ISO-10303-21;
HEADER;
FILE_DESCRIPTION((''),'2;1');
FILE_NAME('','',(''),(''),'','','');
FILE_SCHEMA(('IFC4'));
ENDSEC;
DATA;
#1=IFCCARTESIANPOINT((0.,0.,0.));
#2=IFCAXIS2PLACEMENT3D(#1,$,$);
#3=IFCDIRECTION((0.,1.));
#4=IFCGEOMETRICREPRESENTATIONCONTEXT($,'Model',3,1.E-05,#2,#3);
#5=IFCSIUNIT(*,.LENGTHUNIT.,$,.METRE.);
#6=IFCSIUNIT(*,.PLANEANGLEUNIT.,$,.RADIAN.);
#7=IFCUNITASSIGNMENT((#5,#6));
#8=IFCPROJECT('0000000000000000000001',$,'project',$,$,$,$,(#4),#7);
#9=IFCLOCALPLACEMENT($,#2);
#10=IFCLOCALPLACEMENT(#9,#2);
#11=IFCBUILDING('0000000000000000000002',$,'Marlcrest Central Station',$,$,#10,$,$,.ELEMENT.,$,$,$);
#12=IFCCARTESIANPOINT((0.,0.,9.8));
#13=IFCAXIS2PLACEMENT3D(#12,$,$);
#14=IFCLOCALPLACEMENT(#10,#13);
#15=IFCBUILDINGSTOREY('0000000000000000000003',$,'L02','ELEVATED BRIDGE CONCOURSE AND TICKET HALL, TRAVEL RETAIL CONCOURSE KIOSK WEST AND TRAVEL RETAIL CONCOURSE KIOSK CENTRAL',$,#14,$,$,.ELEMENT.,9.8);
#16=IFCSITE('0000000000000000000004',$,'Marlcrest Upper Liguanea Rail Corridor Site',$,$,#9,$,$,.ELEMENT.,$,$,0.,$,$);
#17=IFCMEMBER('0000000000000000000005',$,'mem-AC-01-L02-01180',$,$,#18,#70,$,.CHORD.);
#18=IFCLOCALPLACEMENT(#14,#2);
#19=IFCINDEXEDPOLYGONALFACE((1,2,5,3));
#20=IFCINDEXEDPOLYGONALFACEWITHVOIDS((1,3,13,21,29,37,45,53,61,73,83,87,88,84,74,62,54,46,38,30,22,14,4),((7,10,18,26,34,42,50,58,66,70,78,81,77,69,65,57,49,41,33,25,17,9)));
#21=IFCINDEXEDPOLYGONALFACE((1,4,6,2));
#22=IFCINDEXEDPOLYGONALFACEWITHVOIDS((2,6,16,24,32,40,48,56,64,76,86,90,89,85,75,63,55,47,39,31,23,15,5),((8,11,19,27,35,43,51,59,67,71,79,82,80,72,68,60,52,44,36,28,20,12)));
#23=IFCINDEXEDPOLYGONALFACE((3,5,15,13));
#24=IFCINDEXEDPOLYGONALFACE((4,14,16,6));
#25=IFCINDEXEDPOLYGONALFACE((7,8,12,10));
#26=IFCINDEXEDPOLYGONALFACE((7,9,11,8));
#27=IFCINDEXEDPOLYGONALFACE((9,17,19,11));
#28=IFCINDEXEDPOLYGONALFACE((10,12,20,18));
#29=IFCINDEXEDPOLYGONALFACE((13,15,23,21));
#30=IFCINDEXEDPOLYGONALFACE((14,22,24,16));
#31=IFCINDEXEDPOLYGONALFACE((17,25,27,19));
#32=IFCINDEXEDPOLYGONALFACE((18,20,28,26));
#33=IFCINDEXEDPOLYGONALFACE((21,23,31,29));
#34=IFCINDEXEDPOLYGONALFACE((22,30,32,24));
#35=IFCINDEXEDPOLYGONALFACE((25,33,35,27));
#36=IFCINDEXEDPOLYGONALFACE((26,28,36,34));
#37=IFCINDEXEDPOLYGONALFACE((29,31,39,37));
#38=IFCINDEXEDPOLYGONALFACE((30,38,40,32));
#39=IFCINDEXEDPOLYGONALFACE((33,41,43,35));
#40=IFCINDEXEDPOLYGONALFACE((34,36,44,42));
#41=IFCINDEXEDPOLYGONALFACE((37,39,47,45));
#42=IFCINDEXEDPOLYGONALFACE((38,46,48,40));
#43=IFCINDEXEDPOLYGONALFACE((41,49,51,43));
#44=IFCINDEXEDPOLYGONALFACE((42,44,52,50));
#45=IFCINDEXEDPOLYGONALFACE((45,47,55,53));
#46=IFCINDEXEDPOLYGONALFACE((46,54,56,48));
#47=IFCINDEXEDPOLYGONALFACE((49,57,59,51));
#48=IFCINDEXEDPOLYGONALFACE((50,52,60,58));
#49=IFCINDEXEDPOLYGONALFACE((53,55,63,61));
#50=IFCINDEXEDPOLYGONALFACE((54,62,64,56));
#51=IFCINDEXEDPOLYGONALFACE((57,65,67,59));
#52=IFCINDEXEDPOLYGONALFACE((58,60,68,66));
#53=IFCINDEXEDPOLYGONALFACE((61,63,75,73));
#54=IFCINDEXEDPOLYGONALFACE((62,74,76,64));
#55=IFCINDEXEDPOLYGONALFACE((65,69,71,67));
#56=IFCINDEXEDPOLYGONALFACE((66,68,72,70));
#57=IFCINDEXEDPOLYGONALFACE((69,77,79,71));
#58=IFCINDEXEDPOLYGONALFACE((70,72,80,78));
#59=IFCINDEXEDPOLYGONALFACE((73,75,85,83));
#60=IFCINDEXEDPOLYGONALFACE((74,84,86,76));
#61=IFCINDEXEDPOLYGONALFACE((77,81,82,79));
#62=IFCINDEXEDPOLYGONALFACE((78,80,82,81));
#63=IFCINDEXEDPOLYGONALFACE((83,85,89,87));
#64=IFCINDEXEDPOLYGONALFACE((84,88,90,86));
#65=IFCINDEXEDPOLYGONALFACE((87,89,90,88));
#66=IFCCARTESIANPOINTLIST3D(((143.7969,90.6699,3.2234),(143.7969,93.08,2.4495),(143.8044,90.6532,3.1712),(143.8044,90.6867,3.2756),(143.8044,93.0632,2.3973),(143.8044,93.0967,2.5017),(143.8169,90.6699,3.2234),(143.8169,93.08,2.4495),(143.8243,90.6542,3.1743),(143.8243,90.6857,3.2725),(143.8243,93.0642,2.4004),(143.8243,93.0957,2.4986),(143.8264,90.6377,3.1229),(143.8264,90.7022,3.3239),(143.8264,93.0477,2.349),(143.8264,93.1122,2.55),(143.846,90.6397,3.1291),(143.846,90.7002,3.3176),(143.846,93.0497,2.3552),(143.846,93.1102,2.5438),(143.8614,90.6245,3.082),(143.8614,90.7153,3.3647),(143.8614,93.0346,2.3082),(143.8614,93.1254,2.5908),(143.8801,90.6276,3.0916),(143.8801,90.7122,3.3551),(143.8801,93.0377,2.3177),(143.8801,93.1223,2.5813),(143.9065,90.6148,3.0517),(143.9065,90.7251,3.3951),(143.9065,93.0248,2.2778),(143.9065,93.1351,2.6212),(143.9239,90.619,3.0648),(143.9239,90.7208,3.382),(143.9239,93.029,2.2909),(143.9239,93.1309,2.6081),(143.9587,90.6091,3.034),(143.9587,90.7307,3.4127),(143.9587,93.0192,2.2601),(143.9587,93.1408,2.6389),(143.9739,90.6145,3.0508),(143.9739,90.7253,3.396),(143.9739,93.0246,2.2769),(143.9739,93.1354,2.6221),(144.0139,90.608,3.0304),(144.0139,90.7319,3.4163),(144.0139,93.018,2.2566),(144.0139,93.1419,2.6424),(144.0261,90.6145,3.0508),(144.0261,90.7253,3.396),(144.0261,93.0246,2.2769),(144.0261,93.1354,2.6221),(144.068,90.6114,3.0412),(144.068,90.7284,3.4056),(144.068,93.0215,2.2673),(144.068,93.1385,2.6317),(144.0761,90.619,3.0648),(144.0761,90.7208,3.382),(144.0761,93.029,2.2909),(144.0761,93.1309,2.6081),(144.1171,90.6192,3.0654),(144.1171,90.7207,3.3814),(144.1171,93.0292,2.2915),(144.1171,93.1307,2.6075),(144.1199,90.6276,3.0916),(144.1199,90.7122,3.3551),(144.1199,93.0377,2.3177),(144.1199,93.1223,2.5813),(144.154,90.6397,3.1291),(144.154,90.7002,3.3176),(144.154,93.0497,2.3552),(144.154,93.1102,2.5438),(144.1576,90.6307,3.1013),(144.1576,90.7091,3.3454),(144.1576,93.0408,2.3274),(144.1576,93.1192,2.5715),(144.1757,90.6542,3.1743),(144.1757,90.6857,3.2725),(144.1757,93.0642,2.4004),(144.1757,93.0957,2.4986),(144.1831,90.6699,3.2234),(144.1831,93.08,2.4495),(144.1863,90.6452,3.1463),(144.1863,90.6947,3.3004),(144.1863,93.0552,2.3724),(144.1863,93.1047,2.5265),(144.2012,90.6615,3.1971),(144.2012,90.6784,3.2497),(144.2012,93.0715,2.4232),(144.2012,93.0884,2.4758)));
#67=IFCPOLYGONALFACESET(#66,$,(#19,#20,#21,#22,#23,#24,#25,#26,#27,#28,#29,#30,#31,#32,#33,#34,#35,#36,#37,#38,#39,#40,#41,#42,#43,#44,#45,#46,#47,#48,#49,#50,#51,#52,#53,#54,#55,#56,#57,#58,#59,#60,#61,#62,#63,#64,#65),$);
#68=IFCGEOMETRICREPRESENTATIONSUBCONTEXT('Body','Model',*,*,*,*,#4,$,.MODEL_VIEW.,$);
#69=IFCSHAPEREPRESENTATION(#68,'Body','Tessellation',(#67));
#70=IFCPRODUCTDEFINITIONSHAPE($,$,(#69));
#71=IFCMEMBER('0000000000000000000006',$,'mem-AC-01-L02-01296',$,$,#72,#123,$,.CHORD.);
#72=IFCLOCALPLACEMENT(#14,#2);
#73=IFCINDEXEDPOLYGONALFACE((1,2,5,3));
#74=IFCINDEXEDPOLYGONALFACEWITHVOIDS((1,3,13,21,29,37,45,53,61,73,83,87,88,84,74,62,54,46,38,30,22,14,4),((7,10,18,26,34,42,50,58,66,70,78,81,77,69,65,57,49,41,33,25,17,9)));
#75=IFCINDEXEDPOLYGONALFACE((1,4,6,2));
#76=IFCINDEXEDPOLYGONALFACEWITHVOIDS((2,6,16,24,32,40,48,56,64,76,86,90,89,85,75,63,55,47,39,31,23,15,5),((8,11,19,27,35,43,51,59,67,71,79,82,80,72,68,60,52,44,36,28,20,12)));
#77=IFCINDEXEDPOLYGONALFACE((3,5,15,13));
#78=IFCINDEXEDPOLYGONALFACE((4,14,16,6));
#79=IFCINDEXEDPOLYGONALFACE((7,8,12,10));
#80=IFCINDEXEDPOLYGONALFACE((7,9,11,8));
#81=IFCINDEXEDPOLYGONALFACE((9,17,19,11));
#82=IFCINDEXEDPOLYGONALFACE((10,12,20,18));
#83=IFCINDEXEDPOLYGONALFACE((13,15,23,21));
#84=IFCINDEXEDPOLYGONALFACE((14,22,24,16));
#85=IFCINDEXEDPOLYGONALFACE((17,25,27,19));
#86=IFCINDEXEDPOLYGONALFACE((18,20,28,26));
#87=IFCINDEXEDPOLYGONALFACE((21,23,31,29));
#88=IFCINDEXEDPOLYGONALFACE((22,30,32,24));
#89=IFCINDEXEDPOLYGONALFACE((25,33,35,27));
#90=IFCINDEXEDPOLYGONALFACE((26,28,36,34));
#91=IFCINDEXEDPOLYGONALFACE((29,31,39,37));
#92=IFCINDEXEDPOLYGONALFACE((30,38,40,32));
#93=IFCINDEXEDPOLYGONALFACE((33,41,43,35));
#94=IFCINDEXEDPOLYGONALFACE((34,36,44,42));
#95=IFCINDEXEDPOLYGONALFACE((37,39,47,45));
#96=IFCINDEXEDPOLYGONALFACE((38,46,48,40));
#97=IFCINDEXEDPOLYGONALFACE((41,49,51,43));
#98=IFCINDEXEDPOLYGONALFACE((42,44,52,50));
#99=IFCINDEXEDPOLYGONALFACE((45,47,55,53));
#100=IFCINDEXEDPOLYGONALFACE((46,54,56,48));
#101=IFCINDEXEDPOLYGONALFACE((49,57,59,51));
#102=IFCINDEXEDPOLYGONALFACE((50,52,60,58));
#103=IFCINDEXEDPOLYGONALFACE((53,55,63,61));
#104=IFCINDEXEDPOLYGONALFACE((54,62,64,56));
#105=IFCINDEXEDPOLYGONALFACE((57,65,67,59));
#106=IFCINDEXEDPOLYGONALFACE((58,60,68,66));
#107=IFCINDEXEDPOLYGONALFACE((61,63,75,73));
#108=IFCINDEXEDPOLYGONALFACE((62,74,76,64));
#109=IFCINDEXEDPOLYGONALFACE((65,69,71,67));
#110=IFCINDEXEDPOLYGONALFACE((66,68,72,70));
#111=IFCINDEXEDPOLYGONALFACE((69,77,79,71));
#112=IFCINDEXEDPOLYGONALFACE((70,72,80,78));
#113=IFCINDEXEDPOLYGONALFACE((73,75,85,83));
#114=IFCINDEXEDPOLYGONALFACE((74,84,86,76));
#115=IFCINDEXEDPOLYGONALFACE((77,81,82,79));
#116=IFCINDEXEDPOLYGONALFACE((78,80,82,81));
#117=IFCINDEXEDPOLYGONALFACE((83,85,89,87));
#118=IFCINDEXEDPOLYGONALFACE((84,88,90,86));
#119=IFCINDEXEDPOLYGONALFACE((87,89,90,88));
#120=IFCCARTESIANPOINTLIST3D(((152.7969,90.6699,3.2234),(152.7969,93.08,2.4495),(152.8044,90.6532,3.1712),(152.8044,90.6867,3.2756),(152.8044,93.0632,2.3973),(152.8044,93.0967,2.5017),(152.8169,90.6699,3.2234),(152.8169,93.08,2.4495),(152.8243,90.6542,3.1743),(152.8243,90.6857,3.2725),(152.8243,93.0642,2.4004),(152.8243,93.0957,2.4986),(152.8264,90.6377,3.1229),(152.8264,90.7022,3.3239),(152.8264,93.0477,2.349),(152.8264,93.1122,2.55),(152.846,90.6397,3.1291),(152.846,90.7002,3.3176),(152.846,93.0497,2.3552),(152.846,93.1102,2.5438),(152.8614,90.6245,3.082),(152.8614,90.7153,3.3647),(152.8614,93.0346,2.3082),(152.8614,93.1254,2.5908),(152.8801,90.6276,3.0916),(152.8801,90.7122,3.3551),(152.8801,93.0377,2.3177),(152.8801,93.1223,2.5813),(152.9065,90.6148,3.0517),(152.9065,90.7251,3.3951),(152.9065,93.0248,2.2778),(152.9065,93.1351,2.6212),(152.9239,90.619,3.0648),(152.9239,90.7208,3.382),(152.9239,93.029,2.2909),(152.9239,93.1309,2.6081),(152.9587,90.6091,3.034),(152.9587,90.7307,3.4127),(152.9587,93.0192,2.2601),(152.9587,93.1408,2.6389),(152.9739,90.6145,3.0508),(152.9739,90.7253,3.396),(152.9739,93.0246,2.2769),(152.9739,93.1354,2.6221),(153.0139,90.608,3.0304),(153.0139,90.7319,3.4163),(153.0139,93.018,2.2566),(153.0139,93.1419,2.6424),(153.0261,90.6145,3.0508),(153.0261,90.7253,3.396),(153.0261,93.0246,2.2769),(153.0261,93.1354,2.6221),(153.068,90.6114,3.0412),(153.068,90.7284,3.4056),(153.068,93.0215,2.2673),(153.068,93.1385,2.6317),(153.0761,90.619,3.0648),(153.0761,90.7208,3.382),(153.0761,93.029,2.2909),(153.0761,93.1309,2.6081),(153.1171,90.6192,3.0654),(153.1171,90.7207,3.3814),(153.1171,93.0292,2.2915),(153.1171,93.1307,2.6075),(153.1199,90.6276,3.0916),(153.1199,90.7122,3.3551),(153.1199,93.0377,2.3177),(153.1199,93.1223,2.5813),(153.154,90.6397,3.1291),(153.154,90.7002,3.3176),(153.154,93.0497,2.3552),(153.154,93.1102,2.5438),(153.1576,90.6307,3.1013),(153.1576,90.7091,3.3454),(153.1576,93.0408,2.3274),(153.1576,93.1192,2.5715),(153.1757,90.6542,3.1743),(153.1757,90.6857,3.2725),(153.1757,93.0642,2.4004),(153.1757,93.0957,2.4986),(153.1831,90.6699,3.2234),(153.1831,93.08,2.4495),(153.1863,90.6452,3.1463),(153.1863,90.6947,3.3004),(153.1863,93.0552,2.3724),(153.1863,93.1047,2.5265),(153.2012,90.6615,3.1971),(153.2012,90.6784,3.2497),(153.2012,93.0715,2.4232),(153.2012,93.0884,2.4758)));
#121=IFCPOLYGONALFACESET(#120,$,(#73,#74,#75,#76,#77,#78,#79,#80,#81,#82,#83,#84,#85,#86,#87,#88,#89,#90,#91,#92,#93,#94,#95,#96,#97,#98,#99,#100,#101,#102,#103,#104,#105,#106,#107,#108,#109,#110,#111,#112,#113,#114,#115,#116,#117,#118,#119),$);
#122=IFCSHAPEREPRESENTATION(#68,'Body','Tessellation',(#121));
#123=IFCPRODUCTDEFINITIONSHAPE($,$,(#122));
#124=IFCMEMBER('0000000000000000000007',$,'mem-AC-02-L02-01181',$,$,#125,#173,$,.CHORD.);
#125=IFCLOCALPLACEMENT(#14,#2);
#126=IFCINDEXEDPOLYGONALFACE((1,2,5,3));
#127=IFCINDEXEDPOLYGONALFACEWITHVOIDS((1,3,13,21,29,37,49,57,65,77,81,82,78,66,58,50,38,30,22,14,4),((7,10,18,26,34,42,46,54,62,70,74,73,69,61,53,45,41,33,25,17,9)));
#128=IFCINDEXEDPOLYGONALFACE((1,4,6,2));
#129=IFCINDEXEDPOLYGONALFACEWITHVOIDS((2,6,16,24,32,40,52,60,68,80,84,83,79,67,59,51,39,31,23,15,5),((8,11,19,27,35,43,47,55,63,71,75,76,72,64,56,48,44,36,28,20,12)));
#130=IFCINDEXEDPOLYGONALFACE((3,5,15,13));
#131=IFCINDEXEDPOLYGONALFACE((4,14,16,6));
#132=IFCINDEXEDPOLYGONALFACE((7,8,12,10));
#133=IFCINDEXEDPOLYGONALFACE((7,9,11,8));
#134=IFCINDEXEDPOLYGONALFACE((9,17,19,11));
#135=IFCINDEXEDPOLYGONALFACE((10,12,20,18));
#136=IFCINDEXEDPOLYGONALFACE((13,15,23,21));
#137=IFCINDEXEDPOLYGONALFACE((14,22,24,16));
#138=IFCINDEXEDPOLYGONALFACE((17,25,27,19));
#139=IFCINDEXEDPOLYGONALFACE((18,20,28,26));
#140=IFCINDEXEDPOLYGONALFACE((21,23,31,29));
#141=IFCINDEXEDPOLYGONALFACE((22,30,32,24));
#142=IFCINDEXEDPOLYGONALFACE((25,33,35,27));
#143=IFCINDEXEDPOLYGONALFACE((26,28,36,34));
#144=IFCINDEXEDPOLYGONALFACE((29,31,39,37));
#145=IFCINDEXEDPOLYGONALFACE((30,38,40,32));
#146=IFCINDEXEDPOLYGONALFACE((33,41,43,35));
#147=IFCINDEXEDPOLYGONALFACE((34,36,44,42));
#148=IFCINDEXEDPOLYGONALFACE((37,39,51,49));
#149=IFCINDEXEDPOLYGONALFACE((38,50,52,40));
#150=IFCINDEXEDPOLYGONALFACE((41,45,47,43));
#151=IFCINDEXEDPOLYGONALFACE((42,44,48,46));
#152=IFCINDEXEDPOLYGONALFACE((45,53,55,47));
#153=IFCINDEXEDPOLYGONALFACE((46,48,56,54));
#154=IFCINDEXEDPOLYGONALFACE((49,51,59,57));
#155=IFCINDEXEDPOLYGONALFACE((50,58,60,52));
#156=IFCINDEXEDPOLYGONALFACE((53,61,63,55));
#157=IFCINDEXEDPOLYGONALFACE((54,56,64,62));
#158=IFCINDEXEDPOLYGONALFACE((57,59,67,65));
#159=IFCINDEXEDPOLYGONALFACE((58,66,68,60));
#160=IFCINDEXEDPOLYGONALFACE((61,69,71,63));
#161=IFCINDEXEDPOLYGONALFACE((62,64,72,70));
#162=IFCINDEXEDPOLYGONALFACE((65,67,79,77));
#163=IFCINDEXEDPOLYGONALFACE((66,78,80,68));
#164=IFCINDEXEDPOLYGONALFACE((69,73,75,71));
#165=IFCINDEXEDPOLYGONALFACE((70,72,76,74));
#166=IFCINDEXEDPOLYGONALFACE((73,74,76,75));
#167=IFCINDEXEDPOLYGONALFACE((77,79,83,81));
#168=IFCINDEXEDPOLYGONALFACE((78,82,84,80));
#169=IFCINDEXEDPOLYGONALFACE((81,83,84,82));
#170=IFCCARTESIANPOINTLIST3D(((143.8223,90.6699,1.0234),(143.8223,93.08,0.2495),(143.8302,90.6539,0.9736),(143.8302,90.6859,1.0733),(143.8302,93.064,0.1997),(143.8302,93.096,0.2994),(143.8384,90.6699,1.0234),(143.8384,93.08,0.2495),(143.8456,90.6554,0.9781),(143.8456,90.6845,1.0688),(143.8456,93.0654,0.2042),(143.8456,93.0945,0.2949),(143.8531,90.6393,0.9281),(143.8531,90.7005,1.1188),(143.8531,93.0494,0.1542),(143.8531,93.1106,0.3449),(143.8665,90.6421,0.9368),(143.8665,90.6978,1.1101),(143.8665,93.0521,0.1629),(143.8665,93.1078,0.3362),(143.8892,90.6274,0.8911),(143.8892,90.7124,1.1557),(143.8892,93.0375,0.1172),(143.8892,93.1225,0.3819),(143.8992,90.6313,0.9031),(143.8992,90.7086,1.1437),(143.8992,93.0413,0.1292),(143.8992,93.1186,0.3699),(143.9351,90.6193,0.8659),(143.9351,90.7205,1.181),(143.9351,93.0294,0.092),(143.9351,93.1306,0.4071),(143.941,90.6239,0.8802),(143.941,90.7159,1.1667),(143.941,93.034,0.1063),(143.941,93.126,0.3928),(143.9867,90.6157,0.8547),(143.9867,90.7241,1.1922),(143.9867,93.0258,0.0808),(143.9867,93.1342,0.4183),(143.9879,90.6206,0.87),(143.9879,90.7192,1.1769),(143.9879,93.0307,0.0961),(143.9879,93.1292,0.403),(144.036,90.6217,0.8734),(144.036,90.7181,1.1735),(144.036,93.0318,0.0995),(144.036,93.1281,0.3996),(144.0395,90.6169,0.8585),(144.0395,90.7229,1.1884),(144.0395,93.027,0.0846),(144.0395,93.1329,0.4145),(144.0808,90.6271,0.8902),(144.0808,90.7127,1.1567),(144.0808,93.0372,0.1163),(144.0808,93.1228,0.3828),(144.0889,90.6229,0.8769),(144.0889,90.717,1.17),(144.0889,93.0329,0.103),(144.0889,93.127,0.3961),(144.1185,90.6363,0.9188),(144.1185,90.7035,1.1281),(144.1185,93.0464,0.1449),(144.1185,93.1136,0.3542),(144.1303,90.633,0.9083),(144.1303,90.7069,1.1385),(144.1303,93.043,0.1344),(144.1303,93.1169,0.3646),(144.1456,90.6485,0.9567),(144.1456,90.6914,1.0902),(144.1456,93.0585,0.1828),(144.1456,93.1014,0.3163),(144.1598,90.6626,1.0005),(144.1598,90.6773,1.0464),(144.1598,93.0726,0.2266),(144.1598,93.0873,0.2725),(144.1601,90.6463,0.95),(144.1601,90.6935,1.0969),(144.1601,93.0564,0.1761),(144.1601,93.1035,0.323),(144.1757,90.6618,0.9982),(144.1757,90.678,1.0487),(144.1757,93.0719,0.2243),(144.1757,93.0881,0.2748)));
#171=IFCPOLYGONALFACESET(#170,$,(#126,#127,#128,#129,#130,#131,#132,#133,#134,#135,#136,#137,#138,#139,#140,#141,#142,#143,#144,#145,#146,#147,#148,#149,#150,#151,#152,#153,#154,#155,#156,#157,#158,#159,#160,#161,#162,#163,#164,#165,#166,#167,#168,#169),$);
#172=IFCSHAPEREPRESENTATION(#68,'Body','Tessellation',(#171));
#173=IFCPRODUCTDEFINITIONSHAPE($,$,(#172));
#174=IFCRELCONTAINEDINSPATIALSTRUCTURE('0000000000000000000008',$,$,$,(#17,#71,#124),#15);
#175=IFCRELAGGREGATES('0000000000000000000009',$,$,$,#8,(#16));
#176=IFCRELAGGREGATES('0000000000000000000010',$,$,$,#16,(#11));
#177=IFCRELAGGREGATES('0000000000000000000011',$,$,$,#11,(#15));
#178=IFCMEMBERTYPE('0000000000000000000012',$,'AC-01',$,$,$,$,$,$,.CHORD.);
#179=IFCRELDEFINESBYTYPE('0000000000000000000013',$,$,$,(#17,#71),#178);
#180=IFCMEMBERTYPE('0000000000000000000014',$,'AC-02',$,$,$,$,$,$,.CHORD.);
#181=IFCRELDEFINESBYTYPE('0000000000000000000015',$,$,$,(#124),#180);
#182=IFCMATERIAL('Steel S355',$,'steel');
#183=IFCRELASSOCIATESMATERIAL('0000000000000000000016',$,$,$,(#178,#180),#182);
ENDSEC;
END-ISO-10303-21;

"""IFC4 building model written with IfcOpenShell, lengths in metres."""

from ifc_helpers import new_model, si_unit, direction, frame, origin, origin_2d, place, context, subcontext, project, spatial, hollow_circle, extrude, material, material_profile, profile_set, type_object, element, save


model = new_model("IFC4")

# Units and contexts
model_context = context("Model", 3, precision=1e-05, world=origin(), true_north=direction((0.0, 1.0)))
body_context = subcontext(model_context, "Body", "Model", "MODEL_VIEW")
ifc_project = project(units=[si_unit("LENGTHUNIT", "METRE"), si_unit("PLANEANGLEUNIT", "RADIAN")], contexts=[model_context])

# Site, building, storey
site_placement = place(None, origin())
site = spatial("IfcSite", under=ifc_project, at=site_placement, Name="Marlcrest Upper Liguanea Rail Corridor Site", CompositionType="ELEMENT", RefElevation=0.0)
building_placement = place(site_placement, origin())
building = spatial("IfcBuilding", under=site, at=building_placement, Name="Marlcrest Central Station", CompositionType="ELEMENT")
storey_placement = place(building_placement, frame((0.0, 0.0, 9.8)))
storey = spatial("IfcBuildingStorey", under=building, at=storey_placement, Name="L02", Description="ELEVATED BRIDGE CONCOURSE AND TICKET HALL, TRAVEL RETAIL CONCOURSE KIOSK WEST AND TRAVEL RETAIL CONCOURSE KIOSK CENTRAL", CompositionType="ELEMENT", Elevation=9.8)

# Members
ifc_material_1 = material(Name="Steel S355", Category="steel")
ifc_material_profile_1 = material_profile(ifc_material_1, hollow_circle(Radius=0.2031, WallThickness=0.02, at=origin_2d()), Name="CHS 406.4x20")
ifc_profile_set_1 = profile_set([ifc_material_profile_1], Name="Steel S355")
member_type_1 = type_object("IfcMemberType", Name="AC-01", PredefinedType="CHORD", material=ifc_profile_set_1)
for number, where, z_axis, x_axis, name in (
    (1, (144.0, 90.6699, 3.2234), (0.0, 0.952117, -0.305734), (-1.0, 0.0, 0.0), "mem-AC-01-L02-01180"),
    (2, (153.0, 90.6699, 3.2234), (0.0, 0.952117, -0.305734), (-1.0, 0.0, 0.0), "mem-AC-01-L02-01296"),
):
    element("IfcMember", number, at=place(storey_placement, frame(where, z_axis=z_axis, x_axis=x_axis)), inside=storey, type_object=member_type_1, Name=name, PredefinedType="CHORD", context=body_context, shape_type="SweptSolid", body=[
        extrude(hollow_circle(Radius=0.2031, WallThickness=0.02, at=origin_2d()), origin(), (0.0, 0.0, 1.0), 2.5312),
    ])
ifc_material_profile_2 = material_profile(ifc_material_1, hollow_circle(Radius=0.1777, WallThickness=0.0161, at=origin_2d()), Name="CHS 355.6x16")
ifc_profile_set_2 = profile_set([ifc_material_profile_2], Name="Steel S355")
member_type_2 = type_object("IfcMemberType", Name="AC-02", PredefinedType="CHORD", material=ifc_profile_set_2)
for number, where, z_axis, x_axis, name in (
    (3, (144.0, 90.6699, 1.0234), (0.0, 0.952117, -0.305734), (-1.0, 0.0, 0.0), "mem-AC-02-L02-01181"),
):
    element("IfcMember", number, at=place(storey_placement, frame(where, z_axis=z_axis, x_axis=x_axis)), inside=storey, type_object=member_type_2, Name=name, PredefinedType="CHORD", context=body_context, shape_type="SweptSolid", body=[
        extrude(hollow_circle(Radius=0.1777, WallThickness=0.0161, at=origin_2d()), origin(), (0.0, 0.0, 1.0), 2.5312),
    ])

save(model, "model.ifc")
